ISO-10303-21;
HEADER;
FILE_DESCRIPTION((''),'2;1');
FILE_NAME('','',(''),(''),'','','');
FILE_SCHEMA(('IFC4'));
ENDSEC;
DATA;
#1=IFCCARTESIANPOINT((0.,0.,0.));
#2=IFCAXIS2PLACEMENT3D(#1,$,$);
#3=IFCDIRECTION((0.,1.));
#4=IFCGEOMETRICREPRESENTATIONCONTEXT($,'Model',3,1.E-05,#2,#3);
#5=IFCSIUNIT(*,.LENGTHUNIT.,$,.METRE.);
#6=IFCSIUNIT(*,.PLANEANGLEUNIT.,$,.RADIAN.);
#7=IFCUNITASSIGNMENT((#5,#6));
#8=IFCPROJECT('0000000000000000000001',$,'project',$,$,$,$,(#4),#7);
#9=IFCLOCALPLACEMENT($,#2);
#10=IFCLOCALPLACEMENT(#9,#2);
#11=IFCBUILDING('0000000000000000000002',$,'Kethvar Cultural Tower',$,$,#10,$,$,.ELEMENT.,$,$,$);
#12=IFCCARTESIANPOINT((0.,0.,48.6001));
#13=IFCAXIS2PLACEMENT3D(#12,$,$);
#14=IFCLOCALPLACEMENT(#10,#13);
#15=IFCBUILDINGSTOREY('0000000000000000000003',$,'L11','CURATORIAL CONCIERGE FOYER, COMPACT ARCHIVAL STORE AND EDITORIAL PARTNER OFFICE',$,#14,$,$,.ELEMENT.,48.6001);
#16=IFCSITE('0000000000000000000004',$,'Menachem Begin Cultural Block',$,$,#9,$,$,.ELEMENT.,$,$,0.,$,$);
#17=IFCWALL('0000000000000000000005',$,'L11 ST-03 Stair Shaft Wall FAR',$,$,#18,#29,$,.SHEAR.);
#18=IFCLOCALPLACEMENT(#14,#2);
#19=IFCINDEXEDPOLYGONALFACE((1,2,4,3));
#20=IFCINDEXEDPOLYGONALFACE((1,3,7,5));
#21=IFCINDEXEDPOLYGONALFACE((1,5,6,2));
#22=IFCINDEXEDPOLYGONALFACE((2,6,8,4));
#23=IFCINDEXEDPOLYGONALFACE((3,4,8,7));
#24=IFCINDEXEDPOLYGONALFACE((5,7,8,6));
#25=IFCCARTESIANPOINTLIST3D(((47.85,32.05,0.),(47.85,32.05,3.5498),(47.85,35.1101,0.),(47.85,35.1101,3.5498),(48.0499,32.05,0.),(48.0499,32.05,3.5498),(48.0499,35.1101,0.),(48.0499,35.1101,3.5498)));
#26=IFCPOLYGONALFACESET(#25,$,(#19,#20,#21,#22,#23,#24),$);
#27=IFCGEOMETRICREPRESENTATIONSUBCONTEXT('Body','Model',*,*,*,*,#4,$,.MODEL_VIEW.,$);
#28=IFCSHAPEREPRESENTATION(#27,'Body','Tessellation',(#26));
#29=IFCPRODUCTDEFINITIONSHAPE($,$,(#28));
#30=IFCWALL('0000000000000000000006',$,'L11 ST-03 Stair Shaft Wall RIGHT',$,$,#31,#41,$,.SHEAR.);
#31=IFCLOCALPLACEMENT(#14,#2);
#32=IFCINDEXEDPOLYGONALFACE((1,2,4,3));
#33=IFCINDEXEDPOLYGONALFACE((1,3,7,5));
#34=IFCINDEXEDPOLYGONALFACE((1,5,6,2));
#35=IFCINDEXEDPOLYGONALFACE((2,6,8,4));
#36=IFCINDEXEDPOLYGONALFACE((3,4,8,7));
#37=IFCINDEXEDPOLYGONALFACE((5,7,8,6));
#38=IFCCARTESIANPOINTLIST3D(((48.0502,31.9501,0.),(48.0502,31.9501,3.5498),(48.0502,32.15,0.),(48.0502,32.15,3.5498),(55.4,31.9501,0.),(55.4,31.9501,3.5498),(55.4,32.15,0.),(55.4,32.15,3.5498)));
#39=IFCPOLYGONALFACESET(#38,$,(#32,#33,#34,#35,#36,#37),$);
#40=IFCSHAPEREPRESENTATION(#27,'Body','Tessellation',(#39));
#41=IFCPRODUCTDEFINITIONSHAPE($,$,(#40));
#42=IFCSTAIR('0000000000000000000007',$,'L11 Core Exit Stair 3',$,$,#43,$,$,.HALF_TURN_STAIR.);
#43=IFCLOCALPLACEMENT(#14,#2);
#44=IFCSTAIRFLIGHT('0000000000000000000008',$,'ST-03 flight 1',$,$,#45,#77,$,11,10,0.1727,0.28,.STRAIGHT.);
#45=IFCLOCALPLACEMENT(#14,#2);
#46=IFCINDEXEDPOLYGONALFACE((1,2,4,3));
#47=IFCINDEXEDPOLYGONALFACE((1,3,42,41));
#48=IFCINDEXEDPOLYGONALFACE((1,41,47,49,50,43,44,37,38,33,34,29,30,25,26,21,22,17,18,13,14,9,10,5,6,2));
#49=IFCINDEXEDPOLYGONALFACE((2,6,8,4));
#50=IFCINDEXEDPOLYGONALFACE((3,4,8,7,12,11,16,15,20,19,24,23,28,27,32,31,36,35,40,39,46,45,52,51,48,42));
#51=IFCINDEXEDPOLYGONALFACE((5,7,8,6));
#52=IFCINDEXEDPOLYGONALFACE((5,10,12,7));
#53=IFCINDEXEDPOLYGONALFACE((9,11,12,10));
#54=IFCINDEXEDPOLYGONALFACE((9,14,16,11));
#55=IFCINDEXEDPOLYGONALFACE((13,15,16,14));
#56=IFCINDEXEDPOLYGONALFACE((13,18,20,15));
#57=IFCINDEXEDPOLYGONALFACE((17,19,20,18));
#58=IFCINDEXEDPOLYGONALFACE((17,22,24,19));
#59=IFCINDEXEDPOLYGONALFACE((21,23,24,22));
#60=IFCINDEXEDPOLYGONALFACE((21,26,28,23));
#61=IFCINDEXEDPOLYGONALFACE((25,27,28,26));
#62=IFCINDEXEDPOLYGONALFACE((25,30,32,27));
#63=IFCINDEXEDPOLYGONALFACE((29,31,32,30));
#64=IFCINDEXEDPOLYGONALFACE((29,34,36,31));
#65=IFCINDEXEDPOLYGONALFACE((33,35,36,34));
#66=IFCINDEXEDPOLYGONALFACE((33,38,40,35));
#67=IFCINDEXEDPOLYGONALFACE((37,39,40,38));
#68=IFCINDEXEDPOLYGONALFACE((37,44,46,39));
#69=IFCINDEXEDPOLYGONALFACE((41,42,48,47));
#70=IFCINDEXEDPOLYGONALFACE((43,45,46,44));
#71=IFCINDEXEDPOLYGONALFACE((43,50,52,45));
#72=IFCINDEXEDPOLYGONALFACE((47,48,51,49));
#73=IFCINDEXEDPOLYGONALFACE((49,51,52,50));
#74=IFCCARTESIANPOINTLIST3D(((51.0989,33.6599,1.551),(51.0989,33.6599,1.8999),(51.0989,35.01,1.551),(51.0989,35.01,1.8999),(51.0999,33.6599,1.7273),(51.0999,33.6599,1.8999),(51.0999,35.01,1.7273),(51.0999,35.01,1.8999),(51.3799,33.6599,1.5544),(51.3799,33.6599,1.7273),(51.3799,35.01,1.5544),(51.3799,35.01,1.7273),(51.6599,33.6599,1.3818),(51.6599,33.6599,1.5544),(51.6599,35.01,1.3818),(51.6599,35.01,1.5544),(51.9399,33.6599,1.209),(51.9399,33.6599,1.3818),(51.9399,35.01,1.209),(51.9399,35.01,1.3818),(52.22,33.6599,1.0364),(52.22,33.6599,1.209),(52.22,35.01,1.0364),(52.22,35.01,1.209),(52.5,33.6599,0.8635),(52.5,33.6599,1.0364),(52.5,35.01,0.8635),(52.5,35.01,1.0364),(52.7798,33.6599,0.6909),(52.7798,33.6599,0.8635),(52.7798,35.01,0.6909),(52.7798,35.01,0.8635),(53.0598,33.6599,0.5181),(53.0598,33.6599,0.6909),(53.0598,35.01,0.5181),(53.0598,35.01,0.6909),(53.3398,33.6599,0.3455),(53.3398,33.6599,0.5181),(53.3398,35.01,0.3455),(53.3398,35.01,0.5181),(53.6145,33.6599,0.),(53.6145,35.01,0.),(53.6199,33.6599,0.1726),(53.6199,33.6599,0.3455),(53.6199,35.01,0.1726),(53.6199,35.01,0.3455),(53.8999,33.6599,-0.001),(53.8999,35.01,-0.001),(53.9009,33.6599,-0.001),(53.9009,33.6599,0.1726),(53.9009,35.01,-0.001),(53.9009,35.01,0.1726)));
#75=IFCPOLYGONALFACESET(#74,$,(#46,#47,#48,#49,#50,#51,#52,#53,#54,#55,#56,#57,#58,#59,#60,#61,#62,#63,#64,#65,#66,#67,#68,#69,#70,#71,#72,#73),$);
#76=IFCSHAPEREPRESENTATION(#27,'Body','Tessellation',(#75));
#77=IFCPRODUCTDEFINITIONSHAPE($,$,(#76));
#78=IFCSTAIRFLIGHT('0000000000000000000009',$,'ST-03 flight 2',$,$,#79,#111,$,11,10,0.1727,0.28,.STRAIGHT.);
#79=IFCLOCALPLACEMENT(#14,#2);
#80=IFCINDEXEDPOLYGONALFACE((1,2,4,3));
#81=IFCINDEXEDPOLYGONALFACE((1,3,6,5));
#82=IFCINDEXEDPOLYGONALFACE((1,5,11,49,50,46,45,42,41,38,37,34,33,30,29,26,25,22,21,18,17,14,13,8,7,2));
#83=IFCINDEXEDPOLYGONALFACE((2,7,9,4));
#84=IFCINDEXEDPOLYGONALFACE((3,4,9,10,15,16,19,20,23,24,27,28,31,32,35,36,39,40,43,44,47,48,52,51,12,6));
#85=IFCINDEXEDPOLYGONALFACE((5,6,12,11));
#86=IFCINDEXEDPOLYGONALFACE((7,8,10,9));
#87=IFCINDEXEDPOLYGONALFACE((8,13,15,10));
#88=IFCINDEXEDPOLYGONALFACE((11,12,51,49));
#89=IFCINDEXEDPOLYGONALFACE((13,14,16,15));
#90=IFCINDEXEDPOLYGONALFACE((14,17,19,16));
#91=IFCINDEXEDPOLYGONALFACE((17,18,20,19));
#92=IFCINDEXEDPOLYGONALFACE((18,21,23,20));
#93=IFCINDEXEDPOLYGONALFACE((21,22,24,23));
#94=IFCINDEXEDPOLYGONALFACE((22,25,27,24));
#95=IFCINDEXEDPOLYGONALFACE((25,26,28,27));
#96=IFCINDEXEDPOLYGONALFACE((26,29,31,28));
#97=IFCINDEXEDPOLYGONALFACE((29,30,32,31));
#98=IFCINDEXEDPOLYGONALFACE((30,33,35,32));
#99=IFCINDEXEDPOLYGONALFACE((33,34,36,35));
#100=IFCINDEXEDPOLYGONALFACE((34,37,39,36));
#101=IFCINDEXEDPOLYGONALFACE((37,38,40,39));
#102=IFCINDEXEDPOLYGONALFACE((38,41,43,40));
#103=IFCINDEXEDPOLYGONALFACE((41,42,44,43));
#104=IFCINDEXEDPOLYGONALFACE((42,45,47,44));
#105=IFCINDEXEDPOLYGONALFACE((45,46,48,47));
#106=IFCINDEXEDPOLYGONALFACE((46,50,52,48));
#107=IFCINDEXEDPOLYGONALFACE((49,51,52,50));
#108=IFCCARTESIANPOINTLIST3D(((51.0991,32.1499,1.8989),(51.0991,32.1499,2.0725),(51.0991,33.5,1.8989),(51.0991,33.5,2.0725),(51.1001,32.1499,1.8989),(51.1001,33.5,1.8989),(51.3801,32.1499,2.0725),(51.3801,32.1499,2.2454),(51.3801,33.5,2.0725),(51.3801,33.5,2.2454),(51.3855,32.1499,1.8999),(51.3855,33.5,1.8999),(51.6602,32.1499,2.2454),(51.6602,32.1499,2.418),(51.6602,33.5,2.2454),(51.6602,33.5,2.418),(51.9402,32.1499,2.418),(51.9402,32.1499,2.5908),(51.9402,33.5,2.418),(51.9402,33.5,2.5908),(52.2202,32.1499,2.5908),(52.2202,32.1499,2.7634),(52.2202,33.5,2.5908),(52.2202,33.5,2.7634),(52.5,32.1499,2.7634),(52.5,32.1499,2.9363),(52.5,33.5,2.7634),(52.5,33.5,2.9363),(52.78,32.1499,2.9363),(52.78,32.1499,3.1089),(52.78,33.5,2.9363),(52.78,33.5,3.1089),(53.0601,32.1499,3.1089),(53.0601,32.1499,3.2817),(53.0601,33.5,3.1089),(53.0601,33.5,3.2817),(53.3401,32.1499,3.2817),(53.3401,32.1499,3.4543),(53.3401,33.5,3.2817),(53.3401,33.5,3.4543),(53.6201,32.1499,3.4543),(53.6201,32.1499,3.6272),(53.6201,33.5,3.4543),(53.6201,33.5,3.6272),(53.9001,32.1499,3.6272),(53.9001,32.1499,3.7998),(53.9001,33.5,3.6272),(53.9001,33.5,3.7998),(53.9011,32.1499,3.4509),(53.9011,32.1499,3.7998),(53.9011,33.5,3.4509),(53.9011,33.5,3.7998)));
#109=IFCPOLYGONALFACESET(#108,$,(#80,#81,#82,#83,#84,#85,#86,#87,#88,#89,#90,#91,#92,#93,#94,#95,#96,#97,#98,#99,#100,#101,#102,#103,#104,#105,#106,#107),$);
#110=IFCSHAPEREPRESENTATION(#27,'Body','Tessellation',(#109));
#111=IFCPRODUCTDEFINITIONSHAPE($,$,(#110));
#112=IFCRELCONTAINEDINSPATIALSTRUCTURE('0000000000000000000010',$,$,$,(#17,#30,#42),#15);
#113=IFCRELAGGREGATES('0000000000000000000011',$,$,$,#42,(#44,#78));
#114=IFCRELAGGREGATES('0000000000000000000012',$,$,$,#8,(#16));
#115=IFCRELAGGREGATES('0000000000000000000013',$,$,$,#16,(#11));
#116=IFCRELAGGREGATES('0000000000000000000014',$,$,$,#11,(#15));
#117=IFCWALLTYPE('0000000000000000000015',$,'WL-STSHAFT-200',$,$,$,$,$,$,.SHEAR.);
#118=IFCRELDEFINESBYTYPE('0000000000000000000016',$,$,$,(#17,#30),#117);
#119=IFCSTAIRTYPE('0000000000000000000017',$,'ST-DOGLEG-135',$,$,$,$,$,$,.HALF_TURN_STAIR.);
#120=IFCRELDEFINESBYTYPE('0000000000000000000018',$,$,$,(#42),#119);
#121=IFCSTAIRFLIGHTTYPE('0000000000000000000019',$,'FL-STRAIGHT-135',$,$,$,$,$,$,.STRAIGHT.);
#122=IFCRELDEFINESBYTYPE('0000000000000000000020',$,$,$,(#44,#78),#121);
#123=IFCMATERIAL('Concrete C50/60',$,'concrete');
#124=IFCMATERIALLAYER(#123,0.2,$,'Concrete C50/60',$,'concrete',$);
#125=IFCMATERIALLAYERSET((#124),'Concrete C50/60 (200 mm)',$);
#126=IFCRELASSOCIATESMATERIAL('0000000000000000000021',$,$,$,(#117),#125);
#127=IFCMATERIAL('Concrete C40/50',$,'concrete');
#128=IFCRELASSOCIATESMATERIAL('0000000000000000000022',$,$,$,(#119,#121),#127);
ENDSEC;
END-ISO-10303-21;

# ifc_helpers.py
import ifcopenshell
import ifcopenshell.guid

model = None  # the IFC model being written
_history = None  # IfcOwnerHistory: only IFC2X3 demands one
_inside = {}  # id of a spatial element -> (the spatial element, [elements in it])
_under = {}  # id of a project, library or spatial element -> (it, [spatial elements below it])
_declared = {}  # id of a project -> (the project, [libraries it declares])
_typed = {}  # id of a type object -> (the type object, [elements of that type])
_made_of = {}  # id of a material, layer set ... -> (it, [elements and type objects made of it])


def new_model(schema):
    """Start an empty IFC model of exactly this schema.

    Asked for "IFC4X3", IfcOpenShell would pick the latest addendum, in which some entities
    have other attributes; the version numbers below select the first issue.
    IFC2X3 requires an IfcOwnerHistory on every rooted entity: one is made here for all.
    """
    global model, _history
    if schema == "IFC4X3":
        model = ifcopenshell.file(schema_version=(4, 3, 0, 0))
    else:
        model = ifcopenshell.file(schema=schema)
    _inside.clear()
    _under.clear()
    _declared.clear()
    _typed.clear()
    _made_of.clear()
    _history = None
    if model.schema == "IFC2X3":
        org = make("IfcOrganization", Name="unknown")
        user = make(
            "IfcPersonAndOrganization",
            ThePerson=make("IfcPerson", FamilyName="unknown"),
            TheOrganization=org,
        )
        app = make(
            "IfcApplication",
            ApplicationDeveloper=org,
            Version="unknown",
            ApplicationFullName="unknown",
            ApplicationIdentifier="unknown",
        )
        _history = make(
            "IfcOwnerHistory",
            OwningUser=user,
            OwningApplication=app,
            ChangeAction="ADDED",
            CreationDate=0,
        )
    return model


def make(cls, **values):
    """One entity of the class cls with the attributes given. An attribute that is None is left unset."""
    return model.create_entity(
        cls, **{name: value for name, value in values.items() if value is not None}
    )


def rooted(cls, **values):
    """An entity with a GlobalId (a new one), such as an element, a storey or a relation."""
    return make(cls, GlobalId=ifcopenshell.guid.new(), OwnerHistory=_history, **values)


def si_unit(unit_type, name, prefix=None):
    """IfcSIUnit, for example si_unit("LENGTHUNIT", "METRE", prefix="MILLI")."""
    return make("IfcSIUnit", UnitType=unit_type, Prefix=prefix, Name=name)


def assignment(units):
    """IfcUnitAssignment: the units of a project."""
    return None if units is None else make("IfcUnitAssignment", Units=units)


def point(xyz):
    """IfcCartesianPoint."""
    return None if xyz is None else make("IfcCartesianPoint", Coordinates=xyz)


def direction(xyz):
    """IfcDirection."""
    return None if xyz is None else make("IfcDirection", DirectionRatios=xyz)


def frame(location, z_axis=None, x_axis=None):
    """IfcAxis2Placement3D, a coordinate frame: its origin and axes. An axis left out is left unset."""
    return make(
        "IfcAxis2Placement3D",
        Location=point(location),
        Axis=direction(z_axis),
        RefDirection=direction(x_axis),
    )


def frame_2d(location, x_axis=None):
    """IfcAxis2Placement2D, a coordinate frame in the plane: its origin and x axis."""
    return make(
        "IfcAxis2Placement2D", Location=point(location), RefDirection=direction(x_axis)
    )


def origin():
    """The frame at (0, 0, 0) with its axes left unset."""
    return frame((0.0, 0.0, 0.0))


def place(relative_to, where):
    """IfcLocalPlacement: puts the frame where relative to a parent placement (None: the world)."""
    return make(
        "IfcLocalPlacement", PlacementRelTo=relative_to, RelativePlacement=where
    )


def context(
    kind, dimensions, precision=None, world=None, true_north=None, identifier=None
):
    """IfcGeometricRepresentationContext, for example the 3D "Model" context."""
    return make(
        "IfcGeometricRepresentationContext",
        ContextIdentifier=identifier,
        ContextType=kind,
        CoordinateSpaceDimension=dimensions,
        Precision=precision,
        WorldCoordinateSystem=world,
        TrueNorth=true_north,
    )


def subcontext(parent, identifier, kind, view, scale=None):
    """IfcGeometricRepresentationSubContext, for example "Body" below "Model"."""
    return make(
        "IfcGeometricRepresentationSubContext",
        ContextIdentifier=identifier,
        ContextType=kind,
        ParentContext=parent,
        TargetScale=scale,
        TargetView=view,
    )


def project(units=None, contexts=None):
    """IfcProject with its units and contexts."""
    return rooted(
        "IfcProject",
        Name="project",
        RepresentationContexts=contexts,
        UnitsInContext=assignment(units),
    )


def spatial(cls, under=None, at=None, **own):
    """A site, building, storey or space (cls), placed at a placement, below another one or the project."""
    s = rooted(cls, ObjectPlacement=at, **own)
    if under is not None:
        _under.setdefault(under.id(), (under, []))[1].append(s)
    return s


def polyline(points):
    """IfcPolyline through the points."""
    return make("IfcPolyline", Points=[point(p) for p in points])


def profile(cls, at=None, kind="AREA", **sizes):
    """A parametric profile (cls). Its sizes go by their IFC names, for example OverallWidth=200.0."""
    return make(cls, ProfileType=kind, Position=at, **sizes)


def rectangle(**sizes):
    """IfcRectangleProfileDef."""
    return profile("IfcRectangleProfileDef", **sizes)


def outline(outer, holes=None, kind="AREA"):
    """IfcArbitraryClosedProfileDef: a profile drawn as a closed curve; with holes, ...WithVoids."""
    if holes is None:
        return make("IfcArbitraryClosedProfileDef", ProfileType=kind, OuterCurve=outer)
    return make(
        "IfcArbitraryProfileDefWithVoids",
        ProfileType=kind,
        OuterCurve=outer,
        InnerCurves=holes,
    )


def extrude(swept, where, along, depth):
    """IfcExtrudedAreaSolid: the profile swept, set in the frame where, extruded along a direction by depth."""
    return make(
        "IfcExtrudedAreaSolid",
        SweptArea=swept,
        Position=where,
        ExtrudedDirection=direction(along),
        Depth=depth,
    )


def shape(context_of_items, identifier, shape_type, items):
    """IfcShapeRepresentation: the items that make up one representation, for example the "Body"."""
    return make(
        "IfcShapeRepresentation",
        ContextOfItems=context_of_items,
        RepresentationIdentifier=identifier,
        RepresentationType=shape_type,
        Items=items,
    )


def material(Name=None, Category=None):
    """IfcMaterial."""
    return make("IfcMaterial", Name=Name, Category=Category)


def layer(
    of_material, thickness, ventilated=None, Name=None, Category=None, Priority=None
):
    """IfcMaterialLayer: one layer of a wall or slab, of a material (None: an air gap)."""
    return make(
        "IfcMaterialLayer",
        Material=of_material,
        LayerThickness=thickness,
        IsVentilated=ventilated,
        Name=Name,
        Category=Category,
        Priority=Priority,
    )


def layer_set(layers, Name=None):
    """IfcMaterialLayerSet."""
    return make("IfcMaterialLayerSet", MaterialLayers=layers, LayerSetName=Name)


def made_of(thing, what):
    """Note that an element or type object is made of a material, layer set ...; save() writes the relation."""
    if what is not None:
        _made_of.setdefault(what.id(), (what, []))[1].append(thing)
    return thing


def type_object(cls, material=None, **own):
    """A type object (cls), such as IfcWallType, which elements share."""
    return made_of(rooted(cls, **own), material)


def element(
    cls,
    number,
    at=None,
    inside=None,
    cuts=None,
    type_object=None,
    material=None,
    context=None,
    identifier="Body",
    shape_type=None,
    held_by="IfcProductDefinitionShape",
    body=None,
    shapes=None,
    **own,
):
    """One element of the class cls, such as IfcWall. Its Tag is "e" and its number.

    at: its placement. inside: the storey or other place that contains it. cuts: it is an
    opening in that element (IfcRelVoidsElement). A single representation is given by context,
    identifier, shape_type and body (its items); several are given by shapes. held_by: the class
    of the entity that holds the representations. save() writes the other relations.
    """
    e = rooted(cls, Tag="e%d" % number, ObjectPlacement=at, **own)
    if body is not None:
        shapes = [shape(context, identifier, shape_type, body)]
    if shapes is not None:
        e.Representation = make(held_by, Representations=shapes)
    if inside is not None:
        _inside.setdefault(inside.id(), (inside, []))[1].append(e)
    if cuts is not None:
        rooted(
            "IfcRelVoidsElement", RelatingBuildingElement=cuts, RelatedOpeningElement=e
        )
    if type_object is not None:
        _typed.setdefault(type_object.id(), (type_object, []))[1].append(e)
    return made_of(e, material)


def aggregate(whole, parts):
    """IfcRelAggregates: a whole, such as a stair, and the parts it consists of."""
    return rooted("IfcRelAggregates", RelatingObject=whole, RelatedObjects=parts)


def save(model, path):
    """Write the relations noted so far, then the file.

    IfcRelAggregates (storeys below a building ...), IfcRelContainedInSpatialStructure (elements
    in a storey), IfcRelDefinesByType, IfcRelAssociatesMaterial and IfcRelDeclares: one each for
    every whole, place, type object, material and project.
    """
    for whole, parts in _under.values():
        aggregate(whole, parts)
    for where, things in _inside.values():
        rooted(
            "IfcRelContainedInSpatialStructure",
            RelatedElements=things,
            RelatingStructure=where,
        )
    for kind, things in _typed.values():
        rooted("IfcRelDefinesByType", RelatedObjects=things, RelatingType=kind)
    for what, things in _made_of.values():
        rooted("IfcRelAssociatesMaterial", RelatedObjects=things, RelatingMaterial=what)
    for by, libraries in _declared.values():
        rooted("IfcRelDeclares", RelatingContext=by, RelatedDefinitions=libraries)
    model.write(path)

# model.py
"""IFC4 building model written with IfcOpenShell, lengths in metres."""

from ifc_helpers import new_model, si_unit, direction, frame, frame_2d, origin, place, context, subcontext, project, spatial, polyline, rectangle, outline, extrude, material, layer, layer_set, type_object, element, aggregate, save


model = new_model("IFC4")

# Units and contexts
model_context = context("Model", 3, precision=1e-05, world=origin(), true_north=direction((0.0, 1.0)))
body_context = subcontext(model_context, "Body", "Model", "MODEL_VIEW")
ifc_project = project(units=[si_unit("LENGTHUNIT", "METRE"), si_unit("PLANEANGLEUNIT", "RADIAN")], contexts=[model_context])

# Site, building, storey
site_placement = place(None, origin())
site = spatial("IfcSite", under=ifc_project, at=site_placement, Name="Menachem Begin Cultural Block", CompositionType="ELEMENT", RefElevation=0.0)
building_placement = place(site_placement, origin())
building = spatial("IfcBuilding", under=site, at=building_placement, Name="Kethvar Cultural Tower", CompositionType="ELEMENT")
storey_placement = place(building_placement, frame((0.0, 0.0, 48.6001)))
storey = spatial("IfcBuildingStorey", under=building, at=storey_placement, Name="L11", Description="CURATORIAL CONCIERGE FOYER, COMPACT ARCHIVAL STORE AND EDITORIAL PARTNER OFFICE", CompositionType="ELEMENT", Elevation=48.6001)

# Walls
ifc_material_1 = material(Name="Concrete C40/50", Category="concrete")
ifc_material_2 = material(Name="Concrete C50/60", Category="concrete")
ifc_layer_1 = layer(ifc_material_2, 0.2, Name="Concrete C50/60", Category="concrete")
ifc_layer_set_1 = layer_set([ifc_layer_1], Name="Concrete C50/60 (200 mm)")
wall_type_1 = type_object("IfcWallType", Name="WL-STSHAFT-200", PredefinedType="SHEAR", material=ifc_layer_set_1)
wall_1_placement = place(storey_placement, frame((47.95, 32.05, 0.0), z_axis=(0.0, 0.0, 1.0), x_axis=(0.0, 1.0, 0.0)))
element("IfcWall", 1, at=wall_1_placement, inside=storey, type_object=wall_type_1, Name="L11 ST-03 Stair Shaft Wall FAR", PredefinedType="SHEAR", context=body_context, shape_type="SweptSolid", body=[
    extrude(rectangle(XDim=3.0601, YDim=0.2, at=frame_2d((1.53, 0.0))), origin(), (0.0, 0.0, 1.0), 3.5498),
])
wall_2_placement = place(storey_placement, frame((55.3999, 32.05, 0.0), z_axis=(0.0, 0.0, 1.0), x_axis=(-1.0, 0.0, 0.0)))
element("IfcWall", 2, at=wall_2_placement, inside=storey, type_object=wall_type_1, Name="L11 ST-03 Stair Shaft Wall RIGHT", PredefinedType="SHEAR", context=body_context, shape_type="SweptSolid", body=[
    extrude(rectangle(XDim=7.3499, YDim=0.2, at=frame_2d((3.6748, 0.0))), origin(), (0.0, 0.0, 1.0), 3.5498),
])

# Stair, stair flights
stair_type = type_object("IfcStairType", Name="ST-DOGLEG-135", PredefinedType="HALF_TURN_STAIR", material=ifc_material_1)
stair_placement = place(storey_placement, origin())
stair = element("IfcStair", 3, at=stair_placement, inside=storey, type_object=stair_type, Name="L11 Core Exit Stair 3", PredefinedType="HALF_TURN_STAIR")
stair_flight_type = type_object("IfcStairFlightType", Name="FL-STRAIGHT-135", PredefinedType="STRAIGHT", material=ifc_material_1)
stair_flight_1_placement = place(storey_placement, frame((53.8999, 34.335, 0.0), z_axis=(0.0, 0.0, 1.0), x_axis=(-1.0, 0.0, 0.0)))
stair_flight_1 = element("IfcStairFlight", 4, at=stair_flight_1_placement, type_object=stair_flight_type, Name="ST-03 flight 1", NumberOfRisers=11, NumberOfTreads=10, PredefinedType="STRAIGHT", RiserHeight=0.1727, TreadLength=0.28, context=body_context, shape_type="SweptSolid", body=[
    extrude(outline(polyline([(-0.001, -0.001), (-0.001, 0.1726), (0.28, 0.1726), (0.28, 0.3455), (0.5601, 0.3455), (0.5601, 0.5181), (0.8401, 0.5181), (0.8401, 0.6909), (1.1201, 0.6909), (1.1201, 0.8635), (1.3999, 0.8635), (1.3999, 1.0364), (1.6799, 1.0364), (1.6799, 1.209), (1.96, 1.209), (1.96, 1.3818), (2.24, 1.3818), (2.24, 1.5544), (2.52, 1.5544), (2.52, 1.7273), (2.8, 1.7273), (2.8, 1.8999), (2.801, 1.8999), (2.801, 1.551), (0.2854, 0.0), (0.0, -0.001), (-0.001, -0.001)])), frame((0.0, 0.675, 0.0), z_axis=(0.0, -1.0, 0.0), x_axis=(1.0, 0.0, 0.0)), (0.0, 0.0, 1.0), 1.3501),
])
stair_flight_2_placement = place(storey_placement, frame((51.1001, 32.825, 1.8999), z_axis=(0.0, 0.0, 1.0), x_axis=(1.0, 0.0, 0.0)))
stair_flight_2 = element("IfcStairFlight", 5, at=stair_flight_2_placement, type_object=stair_flight_type, Name="ST-03 flight 2", NumberOfRisers=11, NumberOfTreads=10, PredefinedType="STRAIGHT", RiserHeight=0.1727, TreadLength=0.28, context=body_context, shape_type="SweptSolid", body=[
    extrude(outline(polyline([(-0.001, -0.001), (-0.001, 0.1726), (0.28, 0.1726), (0.28, 0.3455), (0.5601, 0.3455), (0.5601, 0.5181), (0.8401, 0.5181), (0.8401, 0.6909), (1.1201, 0.6909), (1.1201, 0.8635), (1.3999, 0.8635), (1.3999, 1.0364), (1.6799, 1.0364), (1.6799, 1.209), (1.96, 1.209), (1.96, 1.3818), (2.24, 1.3818), (2.24, 1.5544), (2.52, 1.5544), (2.52, 1.7273), (2.8, 1.7273), (2.8, 1.8999), (2.801, 1.8999), (2.801, 1.551), (0.2854, 0.0), (0.0, -0.001), (-0.001, -0.001)])), frame((0.0, 0.675, 0.0), z_axis=(0.0, -1.0, 0.0), x_axis=(1.0, 0.0, 0.0)), (0.0, 0.0, 1.0), 1.3501),
])
aggregate(stair, [stair_flight_1, stair_flight_2])

save(model, "model.ifc")
